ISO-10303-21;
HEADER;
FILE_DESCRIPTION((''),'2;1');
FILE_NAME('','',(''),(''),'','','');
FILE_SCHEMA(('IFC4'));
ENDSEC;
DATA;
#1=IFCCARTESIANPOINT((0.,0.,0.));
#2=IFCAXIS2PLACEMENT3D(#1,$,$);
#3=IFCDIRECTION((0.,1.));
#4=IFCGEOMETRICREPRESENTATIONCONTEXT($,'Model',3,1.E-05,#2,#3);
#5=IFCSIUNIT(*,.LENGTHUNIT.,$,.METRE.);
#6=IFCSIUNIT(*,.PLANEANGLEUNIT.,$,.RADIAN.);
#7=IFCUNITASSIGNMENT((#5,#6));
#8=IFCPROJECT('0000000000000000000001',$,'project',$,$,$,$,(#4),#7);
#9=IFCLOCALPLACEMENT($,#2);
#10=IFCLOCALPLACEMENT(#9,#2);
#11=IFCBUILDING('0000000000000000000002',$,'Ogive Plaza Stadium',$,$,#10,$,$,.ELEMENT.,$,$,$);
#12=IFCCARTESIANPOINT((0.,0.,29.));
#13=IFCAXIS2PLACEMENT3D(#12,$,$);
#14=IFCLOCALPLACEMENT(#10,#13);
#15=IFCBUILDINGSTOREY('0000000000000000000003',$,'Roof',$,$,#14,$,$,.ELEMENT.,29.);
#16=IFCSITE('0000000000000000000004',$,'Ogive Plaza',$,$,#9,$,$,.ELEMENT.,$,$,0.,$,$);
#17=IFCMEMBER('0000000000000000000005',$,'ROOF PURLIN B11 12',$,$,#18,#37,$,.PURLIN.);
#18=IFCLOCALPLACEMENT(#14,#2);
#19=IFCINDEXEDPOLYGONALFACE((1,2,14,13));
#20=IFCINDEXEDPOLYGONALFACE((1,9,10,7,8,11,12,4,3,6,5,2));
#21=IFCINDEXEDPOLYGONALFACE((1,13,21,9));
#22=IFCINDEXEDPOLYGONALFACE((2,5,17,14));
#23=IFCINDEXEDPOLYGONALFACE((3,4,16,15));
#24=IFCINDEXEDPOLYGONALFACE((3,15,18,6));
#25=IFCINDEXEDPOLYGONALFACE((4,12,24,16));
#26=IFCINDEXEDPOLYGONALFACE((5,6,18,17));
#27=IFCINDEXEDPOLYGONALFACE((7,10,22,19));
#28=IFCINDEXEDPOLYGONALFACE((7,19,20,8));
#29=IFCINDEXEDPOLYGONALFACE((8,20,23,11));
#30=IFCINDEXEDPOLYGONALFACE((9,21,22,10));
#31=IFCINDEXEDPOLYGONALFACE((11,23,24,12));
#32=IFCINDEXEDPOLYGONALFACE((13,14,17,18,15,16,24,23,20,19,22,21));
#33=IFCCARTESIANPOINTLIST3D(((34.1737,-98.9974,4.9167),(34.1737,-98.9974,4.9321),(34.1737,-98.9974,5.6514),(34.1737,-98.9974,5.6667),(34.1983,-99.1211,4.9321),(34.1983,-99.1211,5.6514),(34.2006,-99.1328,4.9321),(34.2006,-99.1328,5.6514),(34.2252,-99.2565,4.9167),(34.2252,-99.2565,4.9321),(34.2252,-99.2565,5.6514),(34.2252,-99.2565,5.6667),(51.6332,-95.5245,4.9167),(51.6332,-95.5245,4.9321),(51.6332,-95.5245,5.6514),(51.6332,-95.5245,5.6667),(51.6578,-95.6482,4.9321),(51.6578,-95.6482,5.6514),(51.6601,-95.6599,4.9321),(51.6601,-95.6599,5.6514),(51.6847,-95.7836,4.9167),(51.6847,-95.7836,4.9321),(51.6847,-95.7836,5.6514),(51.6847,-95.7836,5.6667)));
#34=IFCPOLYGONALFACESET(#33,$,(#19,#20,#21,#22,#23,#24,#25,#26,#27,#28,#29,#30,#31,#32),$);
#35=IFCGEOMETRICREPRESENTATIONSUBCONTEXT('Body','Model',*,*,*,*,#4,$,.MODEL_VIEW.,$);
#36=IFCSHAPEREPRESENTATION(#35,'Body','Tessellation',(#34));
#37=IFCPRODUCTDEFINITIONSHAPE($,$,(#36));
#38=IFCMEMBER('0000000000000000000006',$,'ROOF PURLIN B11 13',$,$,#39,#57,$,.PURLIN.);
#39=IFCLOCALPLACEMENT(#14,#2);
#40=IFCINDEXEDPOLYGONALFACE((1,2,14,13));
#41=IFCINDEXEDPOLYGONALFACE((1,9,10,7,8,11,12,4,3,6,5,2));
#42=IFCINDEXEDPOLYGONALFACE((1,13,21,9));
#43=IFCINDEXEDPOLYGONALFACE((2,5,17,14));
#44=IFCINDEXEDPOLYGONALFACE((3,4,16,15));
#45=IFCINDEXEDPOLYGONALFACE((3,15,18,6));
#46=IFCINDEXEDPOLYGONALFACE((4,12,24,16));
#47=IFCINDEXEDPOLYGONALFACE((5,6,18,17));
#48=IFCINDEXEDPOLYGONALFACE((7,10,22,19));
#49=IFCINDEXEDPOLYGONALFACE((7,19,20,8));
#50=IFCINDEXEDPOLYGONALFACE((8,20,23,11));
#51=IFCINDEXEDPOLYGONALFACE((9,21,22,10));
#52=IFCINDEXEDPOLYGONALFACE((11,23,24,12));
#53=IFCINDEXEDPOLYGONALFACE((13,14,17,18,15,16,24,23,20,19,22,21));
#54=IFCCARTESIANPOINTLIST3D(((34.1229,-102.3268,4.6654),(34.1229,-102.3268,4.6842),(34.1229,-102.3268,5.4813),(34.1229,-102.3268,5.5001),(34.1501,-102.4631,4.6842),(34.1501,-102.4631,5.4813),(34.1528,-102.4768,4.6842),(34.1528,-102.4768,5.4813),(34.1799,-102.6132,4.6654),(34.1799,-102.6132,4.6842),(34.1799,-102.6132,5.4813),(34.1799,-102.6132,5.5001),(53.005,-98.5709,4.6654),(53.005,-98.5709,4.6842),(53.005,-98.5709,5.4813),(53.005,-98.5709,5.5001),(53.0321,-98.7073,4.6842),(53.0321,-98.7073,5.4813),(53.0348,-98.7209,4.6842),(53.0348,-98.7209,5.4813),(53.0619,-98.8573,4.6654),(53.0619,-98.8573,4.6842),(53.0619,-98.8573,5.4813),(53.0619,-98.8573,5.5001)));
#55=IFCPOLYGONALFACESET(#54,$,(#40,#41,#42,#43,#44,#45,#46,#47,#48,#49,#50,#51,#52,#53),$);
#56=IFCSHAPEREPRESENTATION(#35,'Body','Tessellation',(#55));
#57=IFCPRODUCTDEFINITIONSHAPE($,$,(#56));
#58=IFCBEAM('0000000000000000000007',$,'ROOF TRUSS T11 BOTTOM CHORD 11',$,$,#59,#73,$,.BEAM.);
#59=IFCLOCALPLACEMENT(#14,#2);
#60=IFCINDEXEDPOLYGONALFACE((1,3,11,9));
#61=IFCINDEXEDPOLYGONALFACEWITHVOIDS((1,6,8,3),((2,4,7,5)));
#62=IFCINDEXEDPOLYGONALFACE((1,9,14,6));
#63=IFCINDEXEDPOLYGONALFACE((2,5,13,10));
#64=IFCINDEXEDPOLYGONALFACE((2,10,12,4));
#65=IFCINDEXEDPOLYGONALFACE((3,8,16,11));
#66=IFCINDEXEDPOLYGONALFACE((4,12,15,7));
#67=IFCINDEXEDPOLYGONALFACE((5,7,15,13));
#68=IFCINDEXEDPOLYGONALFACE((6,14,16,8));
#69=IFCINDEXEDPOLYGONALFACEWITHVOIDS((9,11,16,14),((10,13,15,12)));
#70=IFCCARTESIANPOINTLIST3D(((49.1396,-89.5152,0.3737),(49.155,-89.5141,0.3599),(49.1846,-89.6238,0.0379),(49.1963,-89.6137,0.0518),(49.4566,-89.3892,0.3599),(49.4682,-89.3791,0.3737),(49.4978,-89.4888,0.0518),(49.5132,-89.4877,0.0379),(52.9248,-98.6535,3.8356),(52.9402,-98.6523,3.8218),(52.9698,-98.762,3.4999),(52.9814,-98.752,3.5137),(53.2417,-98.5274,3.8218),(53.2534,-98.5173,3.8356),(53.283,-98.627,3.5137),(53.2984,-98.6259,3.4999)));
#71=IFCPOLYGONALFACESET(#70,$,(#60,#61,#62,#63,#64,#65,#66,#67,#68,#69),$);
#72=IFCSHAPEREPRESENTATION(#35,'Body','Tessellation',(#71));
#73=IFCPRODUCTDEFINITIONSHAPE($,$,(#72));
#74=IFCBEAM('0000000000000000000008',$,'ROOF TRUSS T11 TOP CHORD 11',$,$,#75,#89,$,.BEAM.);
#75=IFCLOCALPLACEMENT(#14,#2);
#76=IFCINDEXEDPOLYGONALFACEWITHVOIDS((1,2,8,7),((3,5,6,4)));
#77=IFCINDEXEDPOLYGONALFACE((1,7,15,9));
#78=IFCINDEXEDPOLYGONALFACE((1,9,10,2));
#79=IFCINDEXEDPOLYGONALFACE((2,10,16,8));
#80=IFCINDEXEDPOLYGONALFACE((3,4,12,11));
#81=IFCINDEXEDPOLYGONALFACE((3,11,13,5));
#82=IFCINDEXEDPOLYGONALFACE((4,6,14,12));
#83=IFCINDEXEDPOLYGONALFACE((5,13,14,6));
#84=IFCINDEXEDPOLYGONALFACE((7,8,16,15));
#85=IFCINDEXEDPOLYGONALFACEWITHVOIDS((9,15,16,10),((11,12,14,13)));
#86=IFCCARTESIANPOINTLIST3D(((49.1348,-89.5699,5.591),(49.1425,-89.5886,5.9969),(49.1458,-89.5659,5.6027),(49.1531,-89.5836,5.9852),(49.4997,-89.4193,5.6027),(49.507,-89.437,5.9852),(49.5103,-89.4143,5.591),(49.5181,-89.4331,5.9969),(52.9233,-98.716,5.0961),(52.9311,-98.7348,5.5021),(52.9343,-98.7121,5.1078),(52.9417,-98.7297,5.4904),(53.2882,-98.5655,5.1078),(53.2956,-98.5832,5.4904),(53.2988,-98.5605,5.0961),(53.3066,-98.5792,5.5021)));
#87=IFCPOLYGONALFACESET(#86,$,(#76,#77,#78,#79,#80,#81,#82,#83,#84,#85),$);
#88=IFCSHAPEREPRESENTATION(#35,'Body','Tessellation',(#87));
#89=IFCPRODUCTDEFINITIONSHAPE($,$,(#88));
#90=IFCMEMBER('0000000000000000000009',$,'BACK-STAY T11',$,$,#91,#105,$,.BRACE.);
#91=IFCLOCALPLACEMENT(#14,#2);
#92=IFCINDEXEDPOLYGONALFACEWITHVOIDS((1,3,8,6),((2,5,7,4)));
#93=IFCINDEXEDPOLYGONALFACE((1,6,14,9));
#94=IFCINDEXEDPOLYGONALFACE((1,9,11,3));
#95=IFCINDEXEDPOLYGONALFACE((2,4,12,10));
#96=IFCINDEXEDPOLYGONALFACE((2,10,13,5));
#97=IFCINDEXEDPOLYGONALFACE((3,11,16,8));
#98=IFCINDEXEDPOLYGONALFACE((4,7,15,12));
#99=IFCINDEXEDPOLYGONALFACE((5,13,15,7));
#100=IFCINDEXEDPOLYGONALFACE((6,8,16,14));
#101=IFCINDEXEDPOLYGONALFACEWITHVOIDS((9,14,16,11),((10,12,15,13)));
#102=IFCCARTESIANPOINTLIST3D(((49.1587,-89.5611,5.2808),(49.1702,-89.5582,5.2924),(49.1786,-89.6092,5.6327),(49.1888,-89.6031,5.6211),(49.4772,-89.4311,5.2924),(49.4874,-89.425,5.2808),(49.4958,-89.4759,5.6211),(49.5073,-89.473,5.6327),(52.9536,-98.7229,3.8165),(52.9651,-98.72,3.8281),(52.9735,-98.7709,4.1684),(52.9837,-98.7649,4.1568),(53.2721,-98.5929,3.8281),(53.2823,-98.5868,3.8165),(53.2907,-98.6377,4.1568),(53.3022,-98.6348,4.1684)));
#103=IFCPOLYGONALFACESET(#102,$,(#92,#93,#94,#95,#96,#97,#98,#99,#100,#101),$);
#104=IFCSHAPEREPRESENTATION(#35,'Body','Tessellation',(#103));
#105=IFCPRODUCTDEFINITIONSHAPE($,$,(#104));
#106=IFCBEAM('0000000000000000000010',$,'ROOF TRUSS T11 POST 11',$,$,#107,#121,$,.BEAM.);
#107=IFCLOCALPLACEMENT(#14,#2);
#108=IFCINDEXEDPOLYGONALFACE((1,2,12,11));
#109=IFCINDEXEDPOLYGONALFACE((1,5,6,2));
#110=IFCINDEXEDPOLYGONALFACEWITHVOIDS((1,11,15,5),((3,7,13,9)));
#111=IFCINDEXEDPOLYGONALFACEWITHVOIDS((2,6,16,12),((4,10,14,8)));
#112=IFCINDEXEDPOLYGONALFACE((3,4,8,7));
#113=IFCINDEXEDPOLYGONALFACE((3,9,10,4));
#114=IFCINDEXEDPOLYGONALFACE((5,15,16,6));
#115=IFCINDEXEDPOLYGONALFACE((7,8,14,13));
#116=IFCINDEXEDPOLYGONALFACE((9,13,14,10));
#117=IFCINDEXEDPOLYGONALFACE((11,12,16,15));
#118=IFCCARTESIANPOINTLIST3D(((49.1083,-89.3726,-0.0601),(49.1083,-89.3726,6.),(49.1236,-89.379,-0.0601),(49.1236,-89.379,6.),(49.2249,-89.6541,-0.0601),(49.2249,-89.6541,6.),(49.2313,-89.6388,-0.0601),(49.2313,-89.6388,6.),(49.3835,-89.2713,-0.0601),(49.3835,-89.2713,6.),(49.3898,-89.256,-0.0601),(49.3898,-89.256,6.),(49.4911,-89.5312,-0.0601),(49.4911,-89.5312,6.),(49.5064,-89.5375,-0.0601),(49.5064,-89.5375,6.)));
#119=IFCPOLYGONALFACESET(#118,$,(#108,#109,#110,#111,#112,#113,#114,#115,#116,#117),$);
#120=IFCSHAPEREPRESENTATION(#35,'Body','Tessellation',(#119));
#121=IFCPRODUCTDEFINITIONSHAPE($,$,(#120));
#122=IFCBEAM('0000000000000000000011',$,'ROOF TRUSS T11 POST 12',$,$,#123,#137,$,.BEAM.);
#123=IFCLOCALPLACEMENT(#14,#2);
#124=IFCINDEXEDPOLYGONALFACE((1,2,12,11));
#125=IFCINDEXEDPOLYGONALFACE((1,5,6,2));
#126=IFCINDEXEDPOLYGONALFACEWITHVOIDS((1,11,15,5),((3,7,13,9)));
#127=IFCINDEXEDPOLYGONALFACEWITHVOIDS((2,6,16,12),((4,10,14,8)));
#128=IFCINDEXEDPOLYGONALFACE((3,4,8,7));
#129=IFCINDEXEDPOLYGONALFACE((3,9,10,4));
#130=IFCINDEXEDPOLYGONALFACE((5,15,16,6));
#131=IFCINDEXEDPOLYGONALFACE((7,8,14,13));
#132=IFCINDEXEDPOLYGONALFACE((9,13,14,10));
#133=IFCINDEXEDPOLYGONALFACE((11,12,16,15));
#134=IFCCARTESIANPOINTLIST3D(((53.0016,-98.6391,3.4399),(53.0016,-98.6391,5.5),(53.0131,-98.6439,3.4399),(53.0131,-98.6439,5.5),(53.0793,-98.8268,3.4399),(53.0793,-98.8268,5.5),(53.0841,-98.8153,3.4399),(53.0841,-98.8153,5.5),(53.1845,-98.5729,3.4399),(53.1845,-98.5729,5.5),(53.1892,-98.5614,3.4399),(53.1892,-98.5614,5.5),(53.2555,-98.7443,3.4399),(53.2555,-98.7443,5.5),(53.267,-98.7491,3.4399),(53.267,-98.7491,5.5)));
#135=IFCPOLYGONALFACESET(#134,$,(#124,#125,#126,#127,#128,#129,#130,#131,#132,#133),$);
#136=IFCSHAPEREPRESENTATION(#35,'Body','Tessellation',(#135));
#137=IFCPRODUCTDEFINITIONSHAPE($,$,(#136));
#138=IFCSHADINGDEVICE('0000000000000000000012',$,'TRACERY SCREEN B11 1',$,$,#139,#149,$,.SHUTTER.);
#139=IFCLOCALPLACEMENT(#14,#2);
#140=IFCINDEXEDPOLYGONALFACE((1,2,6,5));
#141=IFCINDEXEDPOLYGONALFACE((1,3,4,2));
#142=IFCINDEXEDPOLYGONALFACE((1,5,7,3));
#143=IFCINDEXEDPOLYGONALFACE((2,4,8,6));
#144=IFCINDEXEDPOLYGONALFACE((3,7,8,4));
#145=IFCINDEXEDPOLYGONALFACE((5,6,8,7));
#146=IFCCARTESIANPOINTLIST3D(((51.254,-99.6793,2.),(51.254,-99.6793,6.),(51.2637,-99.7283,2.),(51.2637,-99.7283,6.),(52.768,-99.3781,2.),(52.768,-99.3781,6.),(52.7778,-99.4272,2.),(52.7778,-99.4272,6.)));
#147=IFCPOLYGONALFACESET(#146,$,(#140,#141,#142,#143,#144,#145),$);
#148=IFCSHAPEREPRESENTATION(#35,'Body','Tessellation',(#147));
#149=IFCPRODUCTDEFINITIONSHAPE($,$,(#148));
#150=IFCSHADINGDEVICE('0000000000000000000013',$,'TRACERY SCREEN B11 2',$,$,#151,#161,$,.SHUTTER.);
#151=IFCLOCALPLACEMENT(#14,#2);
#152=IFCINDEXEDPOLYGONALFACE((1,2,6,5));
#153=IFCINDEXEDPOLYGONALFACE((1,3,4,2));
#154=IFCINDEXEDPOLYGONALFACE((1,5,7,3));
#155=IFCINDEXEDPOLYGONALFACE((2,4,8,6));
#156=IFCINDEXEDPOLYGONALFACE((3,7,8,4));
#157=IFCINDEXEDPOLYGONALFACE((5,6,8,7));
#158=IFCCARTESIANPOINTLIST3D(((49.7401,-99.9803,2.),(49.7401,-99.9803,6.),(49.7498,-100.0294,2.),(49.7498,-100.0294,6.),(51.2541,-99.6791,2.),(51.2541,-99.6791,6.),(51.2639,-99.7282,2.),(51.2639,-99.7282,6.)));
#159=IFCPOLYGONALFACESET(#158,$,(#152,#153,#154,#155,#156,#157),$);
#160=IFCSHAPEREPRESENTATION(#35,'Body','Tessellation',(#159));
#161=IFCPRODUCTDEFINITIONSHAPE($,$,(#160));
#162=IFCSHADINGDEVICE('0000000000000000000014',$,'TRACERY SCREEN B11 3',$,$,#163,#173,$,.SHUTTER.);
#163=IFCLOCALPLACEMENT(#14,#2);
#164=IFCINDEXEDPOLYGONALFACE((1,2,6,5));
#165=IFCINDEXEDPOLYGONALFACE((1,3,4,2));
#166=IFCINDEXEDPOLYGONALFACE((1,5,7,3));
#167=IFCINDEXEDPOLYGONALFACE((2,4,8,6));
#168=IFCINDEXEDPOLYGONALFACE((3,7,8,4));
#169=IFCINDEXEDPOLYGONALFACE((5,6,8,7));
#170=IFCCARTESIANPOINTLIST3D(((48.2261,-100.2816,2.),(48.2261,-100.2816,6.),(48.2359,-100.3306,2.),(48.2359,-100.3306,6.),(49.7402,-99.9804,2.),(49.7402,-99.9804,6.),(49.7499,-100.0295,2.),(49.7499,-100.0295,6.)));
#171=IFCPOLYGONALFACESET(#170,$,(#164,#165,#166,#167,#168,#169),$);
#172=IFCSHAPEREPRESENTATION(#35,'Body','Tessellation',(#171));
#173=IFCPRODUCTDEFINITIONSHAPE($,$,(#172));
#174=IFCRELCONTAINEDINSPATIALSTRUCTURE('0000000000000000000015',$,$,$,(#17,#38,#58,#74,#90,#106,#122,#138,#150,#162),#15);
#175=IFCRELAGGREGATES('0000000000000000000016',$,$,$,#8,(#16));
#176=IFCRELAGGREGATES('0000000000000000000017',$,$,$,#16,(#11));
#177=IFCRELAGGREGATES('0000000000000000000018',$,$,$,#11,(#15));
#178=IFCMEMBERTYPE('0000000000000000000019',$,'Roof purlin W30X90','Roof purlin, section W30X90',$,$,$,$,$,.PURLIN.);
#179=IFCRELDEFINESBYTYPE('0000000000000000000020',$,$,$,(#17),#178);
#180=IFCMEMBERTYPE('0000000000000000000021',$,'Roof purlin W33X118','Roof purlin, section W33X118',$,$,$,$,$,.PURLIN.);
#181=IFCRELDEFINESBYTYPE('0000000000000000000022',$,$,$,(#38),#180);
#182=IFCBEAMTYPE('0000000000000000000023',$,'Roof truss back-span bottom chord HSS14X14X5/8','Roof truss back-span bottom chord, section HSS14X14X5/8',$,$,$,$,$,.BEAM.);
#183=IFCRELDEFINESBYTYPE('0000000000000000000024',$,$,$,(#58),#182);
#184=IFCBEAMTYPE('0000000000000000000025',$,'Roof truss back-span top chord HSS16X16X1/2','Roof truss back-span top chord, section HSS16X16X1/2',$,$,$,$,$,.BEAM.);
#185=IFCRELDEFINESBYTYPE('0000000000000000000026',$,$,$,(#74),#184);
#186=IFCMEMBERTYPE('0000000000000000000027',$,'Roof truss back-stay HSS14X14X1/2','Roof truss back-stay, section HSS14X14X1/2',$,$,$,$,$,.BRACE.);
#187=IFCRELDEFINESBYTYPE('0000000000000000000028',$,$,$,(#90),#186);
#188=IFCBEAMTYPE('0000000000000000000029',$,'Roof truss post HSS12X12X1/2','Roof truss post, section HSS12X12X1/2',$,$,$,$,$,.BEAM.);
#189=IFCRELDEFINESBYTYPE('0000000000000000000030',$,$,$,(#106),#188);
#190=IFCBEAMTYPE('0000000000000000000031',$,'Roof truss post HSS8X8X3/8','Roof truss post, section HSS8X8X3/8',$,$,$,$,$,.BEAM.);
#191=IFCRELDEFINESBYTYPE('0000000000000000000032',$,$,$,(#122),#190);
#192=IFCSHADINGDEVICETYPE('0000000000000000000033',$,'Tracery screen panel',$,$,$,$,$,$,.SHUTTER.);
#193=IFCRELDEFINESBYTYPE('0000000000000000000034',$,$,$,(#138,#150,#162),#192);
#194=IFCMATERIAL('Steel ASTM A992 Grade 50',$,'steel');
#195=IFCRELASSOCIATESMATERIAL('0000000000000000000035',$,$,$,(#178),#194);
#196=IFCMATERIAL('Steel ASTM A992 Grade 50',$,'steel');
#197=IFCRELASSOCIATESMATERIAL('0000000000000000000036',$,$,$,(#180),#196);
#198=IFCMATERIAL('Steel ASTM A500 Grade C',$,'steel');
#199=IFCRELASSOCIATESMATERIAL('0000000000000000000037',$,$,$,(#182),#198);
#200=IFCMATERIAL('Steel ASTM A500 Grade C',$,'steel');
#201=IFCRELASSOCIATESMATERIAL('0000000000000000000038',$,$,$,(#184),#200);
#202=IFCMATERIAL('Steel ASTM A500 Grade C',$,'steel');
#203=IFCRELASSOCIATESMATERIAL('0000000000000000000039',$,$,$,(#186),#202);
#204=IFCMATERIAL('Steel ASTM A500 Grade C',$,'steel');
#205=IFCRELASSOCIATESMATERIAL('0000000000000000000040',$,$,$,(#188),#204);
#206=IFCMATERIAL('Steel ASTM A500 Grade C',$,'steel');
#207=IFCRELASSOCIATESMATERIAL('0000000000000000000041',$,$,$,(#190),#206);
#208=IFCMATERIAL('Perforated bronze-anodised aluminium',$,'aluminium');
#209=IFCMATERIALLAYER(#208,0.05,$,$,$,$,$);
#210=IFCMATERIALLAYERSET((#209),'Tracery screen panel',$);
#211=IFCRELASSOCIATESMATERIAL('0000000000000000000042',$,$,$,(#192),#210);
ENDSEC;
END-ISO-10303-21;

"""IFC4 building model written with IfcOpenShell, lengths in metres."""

from ifc_helpers import new_model, si_unit, direction, frame, origin, origin_2d, place, context, subcontext, project, spatial, rectangle, hollow_rectangle, i_section, extrude, material, layer, layer_set, material_profile, profile_set, type_object, element, save


model = new_model("IFC4")

# Units and contexts
model_context = context("Model", 3, precision=1e-05, world=origin(), true_north=direction((0.0, 1.0)))
body_context = subcontext(model_context, "Body", "Model", "MODEL_VIEW")
ifc_project = project(units=[si_unit("LENGTHUNIT", "METRE"), si_unit("PLANEANGLEUNIT", "RADIAN")], contexts=[model_context])

# Site, building, storey
site_placement = place(None, origin())
site = spatial("IfcSite", under=ifc_project, at=site_placement, Name="Ogive Plaza", CompositionType="ELEMENT", RefElevation=0.0)
building_placement = place(site_placement, origin())
building = spatial("IfcBuilding", under=site, at=building_placement, Name="Ogive Plaza Stadium", CompositionType="ELEMENT")
storey_placement = place(building_placement, frame((0.0, 0.0, 29.0)))
storey = spatial("IfcBuildingStorey", under=building, at=storey_placement, Name="Roof", CompositionType="ELEMENT", Elevation=29.0)

# Members
ifc_material_1 = material(Name="Steel ASTM A992 Grade 50", Category="steel")
ifc_material_profile_1 = material_profile(ifc_material_1, i_section(OverallWidth=0.2642, OverallDepth=0.75, WebThickness=0.012, FlangeThickness=0.0154, at=origin_2d()), Name="W30X90")
ifc_profile_set_1 = profile_set([ifc_material_profile_1], Name="Steel ASTM A992 Grade 50")
member_type_1 = type_object("IfcMemberType", Name="Roof purlin W30X90", Description="Roof purlin, section W30X90", PredefinedType="PURLIN", material=ifc_profile_set_1)
member_1_placement = place(storey_placement, frame((51.6589, -95.6541, 5.2917), z_axis=(-0.980785, -0.19509, 0.0), x_axis=(0.19509, -0.980785, 0.0)))
element("IfcMember", 1, at=member_1_placement, inside=storey, type_object=member_type_1, Name="ROOF PURLIN B11 12", PredefinedType="PURLIN", context=body_context, shape_type="SweptSolid", body=[
    extrude(i_section(OverallWidth=0.2642, OverallDepth=0.75, WebThickness=0.012, FlangeThickness=0.0154, at=origin_2d()), origin(), (0.0, 0.0, 1.0), 17.8015),
])
ifc_material_2 = material(Name="Steel ASTM A992 Grade 50", Category="steel")
ifc_material_profile_2 = material_profile(ifc_material_2, i_section(OverallWidth=0.292, OverallDepth=0.8347, WebThickness=0.0139, FlangeThickness=0.0188, at=origin_2d()), Name="W33X118")
ifc_profile_set_2 = profile_set([ifc_material_profile_2], Name="Steel ASTM A992 Grade 50")
member_type_2 = type_object("IfcMemberType", Name="Roof purlin W33X118", Description="Roof purlin, section W33X118", PredefinedType="PURLIN", material=ifc_profile_set_2)
member_2_placement = place(storey_placement, frame((53.0334, -98.7141, 5.0828), z_axis=(-0.980785, -0.195089, 0.0), x_axis=(0.195089, -0.980785, 0.0)))
element("IfcMember", 2, at=member_2_placement, inside=storey, type_object=member_type_2, Name="ROOF PURLIN B11 13", PredefinedType="PURLIN", context=body_context, shape_type="SweptSolid", body=[
    extrude(i_section(OverallWidth=0.292, OverallDepth=0.8347, WebThickness=0.0139, FlangeThickness=0.0188, at=origin_2d()), origin(), (0.0, 0.0, 1.0), 19.252),
])

# Beams
ifc_material_3 = material(Name="Steel ASTM A500 Grade C", Category="steel")
ifc_material_profile_3 = material_profile(ifc_material_3, hollow_rectangle(XDim=0.3557, YDim=0.3557, WallThickness=0.0146, at=origin_2d()), Name="HSS14X14X5/8")
ifc_profile_set_3 = profile_set([ifc_material_profile_3], Name="Steel ASTM A500 Grade C")
beam_type_1 = type_object("IfcBeamType", Name="Roof truss back-span bottom chord HSS14X14X5/8", Description="Roof truss back-span bottom chord, section HSS14X14X5/8", PredefinedType="BEAM", material=ifc_profile_set_3)
beam_1_placement = place(storey_placement, frame((49.3264, -89.5015, 0.2058), z_axis=(0.361198, -0.872011, 0.330353), x_axis=(0.92388, 0.382683, 0.0)))
element("IfcBeam", 3, at=beam_1_placement, inside=storey, type_object=beam_type_1, Name="ROOF TRUSS T11 BOTTOM CHORD 11", PredefinedType="BEAM", context=body_context, shape_type="SweptSolid", body=[
    extrude(hollow_rectangle(XDim=0.3557, YDim=0.3557, WallThickness=0.0146, at=origin_2d()), origin(), (0.0, 0.0, 1.0), 10.4795),
])
ifc_material_4 = material(Name="Steel ASTM A500 Grade C", Category="steel")
ifc_material_profile_4 = material_profile(ifc_material_4, hollow_rectangle(XDim=0.4065, YDim=0.4065, WallThickness=0.0117, at=origin_2d()), Name="HSS16X16X1/2")
ifc_profile_set_4 = profile_set([ifc_material_profile_4], Name="Steel ASTM A500 Grade C")
beam_type_2 = type_object("IfcBeamType", Name="Roof truss back-span top chord HSS16X16X1/2", Description="Roof truss back-span top chord, section HSS16X16X1/2", PredefinedType="BEAM", material=ifc_profile_set_4)
beam_2_placement = place(storey_placement, frame((49.3264, -89.5015, 5.7939), z_axis=(0.382213, -0.922725, -0.049926), x_axis=(0.923877, 0.38269, 0.0)))
element("IfcBeam", 4, at=beam_2_placement, inside=storey, type_object=beam_type_2, Name="ROOF TRUSS T11 TOP CHORD 11", PredefinedType="BEAM", context=body_context, shape_type="SweptSolid", body=[
    extrude(hollow_rectangle(XDim=0.4065, YDim=0.4065, WallThickness=0.0117, at=origin_2d()), origin(), (0.0, 0.0, 1.0), 9.9121),
])

# Member
ifc_material_5 = material(Name="Steel ASTM A500 Grade C", Category="steel")
ifc_material_profile_5 = material_profile(ifc_material_5, hollow_rectangle(XDim=0.3557, YDim=0.3557, WallThickness=0.0117, at=origin_2d()), Name="HSS14X14X1/2")
ifc_profile_set_5 = profile_set([ifc_material_profile_5], Name="Steel ASTM A500 Grade C")
member_type_3 = type_object("IfcMemberType", Name="Roof truss back-stay HSS14X14X1/2", Description="Roof truss back-stay, section HSS14X14X1/2", PredefinedType="BRACE", material=ifc_profile_set_5)
member_3_placement = place(storey_placement, frame((49.333, -89.5171, 5.4568), z_axis=(0.378574, -0.91397, -0.146081), x_axis=(0.923881, 0.382679, 0.0)))
element("IfcMember", 5, at=member_3_placement, inside=storey, type_object=member_type_3, Name="BACK-STAY T11", PredefinedType="BRACE", context=body_context, shape_type="SweptSolid", body=[
    extrude(hollow_rectangle(XDim=0.3557, YDim=0.3557, WallThickness=0.0117, at=origin_2d()), origin(), (0.0, 0.0, 1.0), 10.0242),
])

# Beams
ifc_material_6 = material(Name="Steel ASTM A500 Grade C", Category="steel")
ifc_material_profile_6 = material_profile(ifc_material_6, hollow_rectangle(XDim=0.3047, YDim=0.3047, WallThickness=0.0117, at=origin_2d()), Name="HSS12X12X1/2")
ifc_profile_set_6 = profile_set([ifc_material_profile_6], Name="Steel ASTM A500 Grade C")
beam_type_3 = type_object("IfcBeamType", Name="Roof truss post HSS12X12X1/2", Description="Roof truss post, section HSS12X12X1/2", PredefinedType="BEAM", material=ifc_profile_set_6)
beam_3_placement = place(storey_placement, frame((49.3074, -89.4551, -0.0601), z_axis=(0.0, 0.0, 1.0), x_axis=(0.92388, 0.382683, 0.0)))
element("IfcBeam", 6, at=beam_3_placement, inside=storey, type_object=beam_type_3, Name="ROOF TRUSS T11 POST 11", PredefinedType="BEAM", context=body_context, shape_type="SweptSolid", body=[
    extrude(hollow_rectangle(XDim=0.3047, YDim=0.3047, WallThickness=0.0117, at=origin_2d()), origin(), (0.0, 0.0, 1.0), 6.0601),
])
ifc_material_7 = material(Name="Steel ASTM A500 Grade C", Category="steel")
ifc_material_profile_7 = material_profile(ifc_material_7, hollow_rectangle(XDim=0.2031, YDim=0.2031, WallThickness=0.0088, at=origin_2d()), Name="HSS8X8X3/8")
ifc_profile_set_7 = profile_set([ifc_material_profile_7], Name="Steel ASTM A500 Grade C")
beam_type_4 = type_object("IfcBeamType", Name="Roof truss post HSS8X8X3/8", Description="Roof truss post, section HSS8X8X3/8", PredefinedType="BEAM", material=ifc_profile_set_7)
beam_4_placement = place(storey_placement, frame((53.1343, -98.6941, 3.4399), z_axis=(0.0, 0.0, 1.0), x_axis=(0.92388, 0.382683, 0.0)))
element("IfcBeam", 7, at=beam_4_placement, inside=storey, type_object=beam_type_4, Name="ROOF TRUSS T11 POST 12", PredefinedType="BEAM", context=body_context, shape_type="SweptSolid", body=[
    extrude(hollow_rectangle(XDim=0.2031, YDim=0.2031, WallThickness=0.0088, at=origin_2d()), origin(), (0.0, 0.0, 1.0), 2.0601),
])

# Shading devices
ifc_material_8 = material(Name="Perforated bronze-anodised aluminium", Category="aluminium")
ifc_layer_1 = layer(ifc_material_8, 0.05)
ifc_layer_set_1 = layer_set([ifc_layer_1], Name="Tracery screen panel")
shading_device_type = type_object("IfcShadingDeviceType", Name="Tracery screen panel", PredefinedType="SHUTTER", material=ifc_layer_set_1)
for number, where, z_axis, x_axis, name in (
    (8, (52.0159, -99.5532, 2.0), (0.0, 0.0, 1.0), (-0.980785, -0.19509, 0.0), "TRACERY SCREEN B11 1"),
    (9, (50.502, -99.8542, 2.0), (0.0, 0.0, 1.0), (-0.980785, -0.19509, 0.0), "TRACERY SCREEN B11 2"),
    (10, (48.988, -100.1555, 2.0), (0.0, 0.0, 1.0), (-0.980785, -0.19509, 0.0), "TRACERY SCREEN B11 3"),
):
    element("IfcShadingDevice", number, at=place(storey_placement, frame(where, z_axis=z_axis, x_axis=x_axis)), inside=storey, type_object=shading_device_type, Name=name, PredefinedType="SHUTTER", context=body_context, shape_type="SweptSolid", body=[
        extrude(rectangle(XDim=1.5437, YDim=0.05, at=origin_2d()), origin(), (0.0, 0.0, 1.0), 4.0),
    ])

save(model, "model.ifc")
